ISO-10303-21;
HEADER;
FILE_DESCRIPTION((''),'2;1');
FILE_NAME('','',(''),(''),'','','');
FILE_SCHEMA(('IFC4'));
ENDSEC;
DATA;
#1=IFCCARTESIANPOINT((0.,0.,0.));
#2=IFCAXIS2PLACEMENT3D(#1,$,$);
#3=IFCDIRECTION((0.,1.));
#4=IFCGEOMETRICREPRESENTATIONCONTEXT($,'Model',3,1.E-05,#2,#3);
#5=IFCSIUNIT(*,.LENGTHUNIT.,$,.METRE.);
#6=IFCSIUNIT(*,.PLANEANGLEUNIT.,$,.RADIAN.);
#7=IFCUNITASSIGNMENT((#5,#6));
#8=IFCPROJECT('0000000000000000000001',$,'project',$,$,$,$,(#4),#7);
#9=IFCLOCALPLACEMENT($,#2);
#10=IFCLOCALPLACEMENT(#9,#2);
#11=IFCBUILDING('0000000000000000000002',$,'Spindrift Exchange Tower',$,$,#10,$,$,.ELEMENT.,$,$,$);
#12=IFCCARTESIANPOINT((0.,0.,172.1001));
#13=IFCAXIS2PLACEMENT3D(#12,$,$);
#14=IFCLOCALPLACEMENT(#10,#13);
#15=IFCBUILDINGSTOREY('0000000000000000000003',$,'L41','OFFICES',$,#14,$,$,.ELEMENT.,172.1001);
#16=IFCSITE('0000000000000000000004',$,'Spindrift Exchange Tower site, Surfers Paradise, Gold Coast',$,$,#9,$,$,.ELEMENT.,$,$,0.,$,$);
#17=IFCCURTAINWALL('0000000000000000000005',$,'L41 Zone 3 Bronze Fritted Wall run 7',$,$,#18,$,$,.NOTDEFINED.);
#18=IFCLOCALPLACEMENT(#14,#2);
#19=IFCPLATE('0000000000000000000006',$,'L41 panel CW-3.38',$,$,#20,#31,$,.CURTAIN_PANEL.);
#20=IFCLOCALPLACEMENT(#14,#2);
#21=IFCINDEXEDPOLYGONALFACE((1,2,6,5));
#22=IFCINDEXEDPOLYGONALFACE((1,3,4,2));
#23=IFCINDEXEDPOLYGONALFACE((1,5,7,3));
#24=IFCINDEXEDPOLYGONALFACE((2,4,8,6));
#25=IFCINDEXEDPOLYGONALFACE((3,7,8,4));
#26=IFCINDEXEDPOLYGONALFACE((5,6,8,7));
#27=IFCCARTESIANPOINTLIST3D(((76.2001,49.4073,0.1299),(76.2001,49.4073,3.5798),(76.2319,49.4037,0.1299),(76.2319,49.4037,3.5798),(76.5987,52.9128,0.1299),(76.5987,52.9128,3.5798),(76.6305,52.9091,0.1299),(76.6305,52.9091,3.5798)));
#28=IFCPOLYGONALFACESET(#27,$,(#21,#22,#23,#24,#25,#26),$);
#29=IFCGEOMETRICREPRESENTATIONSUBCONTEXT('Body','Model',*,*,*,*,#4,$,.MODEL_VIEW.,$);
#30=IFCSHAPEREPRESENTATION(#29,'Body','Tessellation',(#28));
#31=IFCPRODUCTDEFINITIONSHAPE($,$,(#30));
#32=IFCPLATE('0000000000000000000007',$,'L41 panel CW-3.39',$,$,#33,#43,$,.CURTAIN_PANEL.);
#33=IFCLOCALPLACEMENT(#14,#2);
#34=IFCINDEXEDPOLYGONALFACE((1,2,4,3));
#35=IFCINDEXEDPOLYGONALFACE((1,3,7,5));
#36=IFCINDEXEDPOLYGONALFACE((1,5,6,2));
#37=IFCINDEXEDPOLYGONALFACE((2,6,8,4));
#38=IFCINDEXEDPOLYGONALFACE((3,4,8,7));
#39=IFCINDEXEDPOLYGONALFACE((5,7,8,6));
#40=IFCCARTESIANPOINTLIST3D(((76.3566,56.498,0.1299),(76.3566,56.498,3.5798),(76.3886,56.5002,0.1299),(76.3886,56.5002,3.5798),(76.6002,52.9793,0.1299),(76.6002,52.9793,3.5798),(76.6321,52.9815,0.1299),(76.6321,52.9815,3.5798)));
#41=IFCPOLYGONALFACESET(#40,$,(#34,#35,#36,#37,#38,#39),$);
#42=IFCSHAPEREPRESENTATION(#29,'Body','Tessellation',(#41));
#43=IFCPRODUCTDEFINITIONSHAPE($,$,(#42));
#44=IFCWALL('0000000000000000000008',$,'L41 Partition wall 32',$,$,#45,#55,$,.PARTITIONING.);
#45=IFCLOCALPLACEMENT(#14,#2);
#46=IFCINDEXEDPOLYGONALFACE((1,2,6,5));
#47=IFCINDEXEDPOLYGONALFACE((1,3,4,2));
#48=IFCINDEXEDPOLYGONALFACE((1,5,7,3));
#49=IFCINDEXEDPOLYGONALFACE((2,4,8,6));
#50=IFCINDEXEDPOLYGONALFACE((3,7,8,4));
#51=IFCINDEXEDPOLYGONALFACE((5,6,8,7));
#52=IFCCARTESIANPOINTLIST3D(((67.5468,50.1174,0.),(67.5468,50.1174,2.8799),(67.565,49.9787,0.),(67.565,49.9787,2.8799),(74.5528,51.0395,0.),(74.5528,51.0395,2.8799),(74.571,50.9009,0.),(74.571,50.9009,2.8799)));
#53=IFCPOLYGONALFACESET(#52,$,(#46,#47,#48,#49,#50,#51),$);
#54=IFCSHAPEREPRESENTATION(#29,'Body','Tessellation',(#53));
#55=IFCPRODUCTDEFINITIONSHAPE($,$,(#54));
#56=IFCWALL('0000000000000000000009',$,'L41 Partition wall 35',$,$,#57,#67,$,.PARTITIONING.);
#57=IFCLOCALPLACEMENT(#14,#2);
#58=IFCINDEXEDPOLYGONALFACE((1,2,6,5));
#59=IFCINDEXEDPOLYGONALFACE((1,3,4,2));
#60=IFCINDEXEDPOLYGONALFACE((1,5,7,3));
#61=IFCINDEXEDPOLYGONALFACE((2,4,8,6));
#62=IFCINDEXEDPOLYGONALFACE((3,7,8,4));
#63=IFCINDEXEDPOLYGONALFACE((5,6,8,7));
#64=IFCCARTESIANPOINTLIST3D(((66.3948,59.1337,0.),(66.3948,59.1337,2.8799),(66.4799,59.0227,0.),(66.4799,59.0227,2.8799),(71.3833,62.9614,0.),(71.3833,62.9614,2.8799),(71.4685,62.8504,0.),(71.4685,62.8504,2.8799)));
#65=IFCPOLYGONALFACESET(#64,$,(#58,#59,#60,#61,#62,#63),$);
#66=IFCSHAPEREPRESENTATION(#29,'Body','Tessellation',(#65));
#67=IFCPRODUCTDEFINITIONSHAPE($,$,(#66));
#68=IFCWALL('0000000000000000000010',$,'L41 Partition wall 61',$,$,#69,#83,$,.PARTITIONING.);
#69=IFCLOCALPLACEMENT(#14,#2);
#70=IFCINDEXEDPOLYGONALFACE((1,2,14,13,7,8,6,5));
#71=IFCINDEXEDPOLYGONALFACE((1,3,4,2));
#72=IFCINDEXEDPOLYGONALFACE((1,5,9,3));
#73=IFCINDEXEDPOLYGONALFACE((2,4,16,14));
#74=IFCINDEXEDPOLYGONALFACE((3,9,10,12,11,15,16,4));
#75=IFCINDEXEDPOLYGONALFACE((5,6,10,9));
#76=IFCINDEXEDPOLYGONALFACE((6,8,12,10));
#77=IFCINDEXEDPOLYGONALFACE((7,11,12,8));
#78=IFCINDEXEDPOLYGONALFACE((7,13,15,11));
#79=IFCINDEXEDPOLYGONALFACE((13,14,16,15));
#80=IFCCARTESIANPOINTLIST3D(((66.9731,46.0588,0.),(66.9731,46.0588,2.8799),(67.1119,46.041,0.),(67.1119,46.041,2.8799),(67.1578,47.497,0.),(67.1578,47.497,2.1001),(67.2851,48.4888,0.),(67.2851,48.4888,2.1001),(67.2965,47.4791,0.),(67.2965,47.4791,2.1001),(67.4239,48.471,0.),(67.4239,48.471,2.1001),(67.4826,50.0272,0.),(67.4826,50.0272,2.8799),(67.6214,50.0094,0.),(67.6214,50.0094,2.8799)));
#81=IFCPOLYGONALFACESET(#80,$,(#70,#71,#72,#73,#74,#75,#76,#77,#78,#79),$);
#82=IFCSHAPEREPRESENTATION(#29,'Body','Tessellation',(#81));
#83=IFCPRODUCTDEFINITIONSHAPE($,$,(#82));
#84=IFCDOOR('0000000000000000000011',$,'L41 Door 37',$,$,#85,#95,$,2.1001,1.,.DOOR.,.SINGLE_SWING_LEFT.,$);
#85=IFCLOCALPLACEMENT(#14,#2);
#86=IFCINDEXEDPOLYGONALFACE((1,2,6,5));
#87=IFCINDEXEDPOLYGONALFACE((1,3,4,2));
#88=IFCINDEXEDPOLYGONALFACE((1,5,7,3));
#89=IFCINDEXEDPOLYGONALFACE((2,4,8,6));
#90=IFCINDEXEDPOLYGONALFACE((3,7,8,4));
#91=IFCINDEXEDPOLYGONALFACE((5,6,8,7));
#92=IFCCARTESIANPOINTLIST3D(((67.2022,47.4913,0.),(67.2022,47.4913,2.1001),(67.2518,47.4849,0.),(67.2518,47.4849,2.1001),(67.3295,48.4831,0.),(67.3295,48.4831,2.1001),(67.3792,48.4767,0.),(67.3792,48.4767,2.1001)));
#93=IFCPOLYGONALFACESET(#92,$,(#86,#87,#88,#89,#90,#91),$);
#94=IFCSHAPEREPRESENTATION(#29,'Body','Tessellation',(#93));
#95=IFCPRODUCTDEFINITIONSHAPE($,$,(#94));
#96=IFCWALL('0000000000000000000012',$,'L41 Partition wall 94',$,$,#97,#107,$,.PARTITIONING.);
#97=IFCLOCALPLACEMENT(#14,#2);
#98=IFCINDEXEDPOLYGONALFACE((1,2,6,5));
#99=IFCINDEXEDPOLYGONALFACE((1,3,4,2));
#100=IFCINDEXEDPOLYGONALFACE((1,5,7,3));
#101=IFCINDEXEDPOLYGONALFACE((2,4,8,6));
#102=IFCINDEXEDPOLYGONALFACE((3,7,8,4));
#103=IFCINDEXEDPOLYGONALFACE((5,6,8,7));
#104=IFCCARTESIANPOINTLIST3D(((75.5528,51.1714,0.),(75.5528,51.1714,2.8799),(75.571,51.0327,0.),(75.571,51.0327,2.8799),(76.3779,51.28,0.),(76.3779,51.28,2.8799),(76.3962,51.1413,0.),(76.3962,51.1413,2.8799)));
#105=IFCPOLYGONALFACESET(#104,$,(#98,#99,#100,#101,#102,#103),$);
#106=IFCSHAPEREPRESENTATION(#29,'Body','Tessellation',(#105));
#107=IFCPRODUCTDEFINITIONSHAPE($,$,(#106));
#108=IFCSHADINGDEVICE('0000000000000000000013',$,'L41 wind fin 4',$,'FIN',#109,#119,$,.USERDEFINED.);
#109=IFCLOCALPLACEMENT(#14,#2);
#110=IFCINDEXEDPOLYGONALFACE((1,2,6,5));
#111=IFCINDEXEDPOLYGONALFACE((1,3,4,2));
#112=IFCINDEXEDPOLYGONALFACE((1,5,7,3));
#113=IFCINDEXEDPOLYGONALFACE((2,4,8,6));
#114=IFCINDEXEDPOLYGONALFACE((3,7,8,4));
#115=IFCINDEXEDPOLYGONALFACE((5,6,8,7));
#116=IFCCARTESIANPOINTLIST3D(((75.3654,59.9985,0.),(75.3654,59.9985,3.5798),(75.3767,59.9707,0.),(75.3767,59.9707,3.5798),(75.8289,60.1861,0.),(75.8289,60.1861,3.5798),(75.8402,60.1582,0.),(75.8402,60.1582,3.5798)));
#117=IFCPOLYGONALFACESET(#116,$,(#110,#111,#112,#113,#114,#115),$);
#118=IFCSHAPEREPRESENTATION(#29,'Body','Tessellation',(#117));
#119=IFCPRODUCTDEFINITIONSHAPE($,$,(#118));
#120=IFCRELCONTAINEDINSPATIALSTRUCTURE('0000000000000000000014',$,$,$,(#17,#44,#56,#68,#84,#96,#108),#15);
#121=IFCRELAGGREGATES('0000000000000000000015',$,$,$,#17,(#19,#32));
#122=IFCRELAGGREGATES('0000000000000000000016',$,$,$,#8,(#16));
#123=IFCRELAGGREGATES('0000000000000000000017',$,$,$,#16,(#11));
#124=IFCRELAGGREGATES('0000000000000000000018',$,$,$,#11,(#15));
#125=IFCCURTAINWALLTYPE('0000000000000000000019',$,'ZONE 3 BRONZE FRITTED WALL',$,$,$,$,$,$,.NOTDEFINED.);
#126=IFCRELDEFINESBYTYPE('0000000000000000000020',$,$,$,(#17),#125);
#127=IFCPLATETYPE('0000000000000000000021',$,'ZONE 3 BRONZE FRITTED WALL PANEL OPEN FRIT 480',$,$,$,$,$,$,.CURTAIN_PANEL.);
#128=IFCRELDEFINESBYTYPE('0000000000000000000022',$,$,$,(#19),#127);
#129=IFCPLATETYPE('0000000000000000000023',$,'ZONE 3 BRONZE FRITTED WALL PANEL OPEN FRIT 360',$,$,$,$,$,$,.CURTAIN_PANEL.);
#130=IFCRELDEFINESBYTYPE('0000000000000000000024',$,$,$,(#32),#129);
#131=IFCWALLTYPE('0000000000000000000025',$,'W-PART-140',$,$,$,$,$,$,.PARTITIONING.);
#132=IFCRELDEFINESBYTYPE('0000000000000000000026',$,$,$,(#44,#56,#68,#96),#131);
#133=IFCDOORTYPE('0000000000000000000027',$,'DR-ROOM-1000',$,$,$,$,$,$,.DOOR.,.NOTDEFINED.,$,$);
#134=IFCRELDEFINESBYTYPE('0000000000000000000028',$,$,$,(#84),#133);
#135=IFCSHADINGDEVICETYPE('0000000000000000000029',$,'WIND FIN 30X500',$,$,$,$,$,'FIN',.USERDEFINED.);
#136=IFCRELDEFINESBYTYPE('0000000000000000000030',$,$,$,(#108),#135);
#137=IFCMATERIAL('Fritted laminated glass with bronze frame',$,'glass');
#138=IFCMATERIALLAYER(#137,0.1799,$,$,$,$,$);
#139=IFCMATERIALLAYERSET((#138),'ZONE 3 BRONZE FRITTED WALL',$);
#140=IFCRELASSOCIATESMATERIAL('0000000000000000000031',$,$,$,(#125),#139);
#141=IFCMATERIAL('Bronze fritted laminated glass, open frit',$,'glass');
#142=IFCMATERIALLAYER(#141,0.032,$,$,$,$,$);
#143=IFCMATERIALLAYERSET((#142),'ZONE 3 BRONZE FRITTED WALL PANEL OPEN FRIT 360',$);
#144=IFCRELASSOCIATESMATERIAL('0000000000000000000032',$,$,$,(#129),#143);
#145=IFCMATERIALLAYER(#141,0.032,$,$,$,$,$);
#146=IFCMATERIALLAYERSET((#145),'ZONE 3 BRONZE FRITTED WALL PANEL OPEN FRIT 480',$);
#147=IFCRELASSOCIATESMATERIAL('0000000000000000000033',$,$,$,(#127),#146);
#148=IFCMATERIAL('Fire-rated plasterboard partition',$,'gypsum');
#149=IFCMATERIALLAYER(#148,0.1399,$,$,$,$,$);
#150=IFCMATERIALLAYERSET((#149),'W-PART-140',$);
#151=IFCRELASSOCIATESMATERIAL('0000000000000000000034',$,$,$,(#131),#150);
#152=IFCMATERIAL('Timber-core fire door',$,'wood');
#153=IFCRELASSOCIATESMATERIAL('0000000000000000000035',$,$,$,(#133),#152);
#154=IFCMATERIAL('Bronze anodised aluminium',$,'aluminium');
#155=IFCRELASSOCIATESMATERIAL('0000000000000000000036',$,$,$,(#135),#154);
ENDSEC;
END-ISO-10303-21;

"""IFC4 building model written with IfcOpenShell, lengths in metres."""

from ifc_helpers import new_model, si_unit, direction, frame, frame_2d, origin, origin_2d, place, context, subcontext, project, spatial, rectangle, extrude, source, transform, mapped, material, layer, layer_set, material_profile, profile_set, type_object, element, fill, aggregate, save


model = new_model("IFC4")

# Units and contexts
model_context = context("Model", 3, precision=1e-05, world=origin(), true_north=direction((0.0, 1.0)))
body_context = subcontext(model_context, "Body", "Model", "MODEL_VIEW")
ifc_project = project(units=[si_unit("LENGTHUNIT", "METRE"), si_unit("PLANEANGLEUNIT", "RADIAN")], contexts=[model_context])

# Site, building, storey
site_placement = place(None, origin())
site = spatial("IfcSite", under=ifc_project, at=site_placement, Name="Spindrift Exchange Tower site, Surfers Paradise, Gold Coast", CompositionType="ELEMENT", RefElevation=0.0)
building_placement = place(site_placement, origin())
building = spatial("IfcBuilding", under=site, at=building_placement, Name="Spindrift Exchange Tower", CompositionType="ELEMENT")
storey_placement = place(building_placement, frame((0.0, 0.0, 172.1001)))
storey = spatial("IfcBuildingStorey", under=building, at=storey_placement, Name="L41", Description="OFFICES", CompositionType="ELEMENT", Elevation=172.1001)

# Curtain wall, plates
ifc_material_1 = material(Name="Fritted laminated glass with bronze frame", Category="glass")
ifc_layer_1 = layer(ifc_material_1, 0.1799)
ifc_layer_set_1 = layer_set([ifc_layer_1], Name="ZONE 3 BRONZE FRITTED WALL")
curtain_wall_type = type_object("IfcCurtainWallType", Name="ZONE 3 BRONZE FRITTED WALL", PredefinedType="NOTDEFINED", material=ifc_layer_set_1)
curtain_wall_placement = place(storey_placement, origin())
curtain_wall = element("IfcCurtainWall", 1, at=curtain_wall_placement, inside=storey, type_object=curtain_wall_type, Name="L41 Zone 3 Bronze Fritted Wall run 7", PredefinedType="NOTDEFINED")
ifc_material_2 = material(Name="Bronze anodised aluminium", Category="aluminium")
ifc_material_3 = material(Name="Bronze fritted laminated glass, open frit", Category="glass")
ifc_layer_2 = layer(ifc_material_3, 0.032)
ifc_layer_set_2 = layer_set([ifc_layer_2], Name="ZONE 3 BRONZE FRITTED WALL PANEL OPEN FRIT 360")
plate_type_1 = type_object("IfcPlateType", Name="ZONE 3 BRONZE FRITTED WALL PANEL OPEN FRIT 360", PredefinedType="CURTAIN_PANEL", material=ifc_layer_set_2)
ifc_layer_3 = layer(ifc_material_3, 0.032)
ifc_layer_set_3 = layer_set([ifc_layer_3], Name="ZONE 3 BRONZE FRITTED WALL PANEL OPEN FRIT 480")
plate_type_2 = type_object("IfcPlateType", Name="ZONE 3 BRONZE FRITTED WALL PANEL OPEN FRIT 480", PredefinedType="CURTAIN_PANEL", material=ifc_layer_set_3)
shared_shape_1 = source(origin(), body_context, "Body", "SweptSolid", [
    extrude(rectangle(XDim=3.5281, YDim=0.032, at=origin_2d()), origin(), (0.0, 0.0, 1.0), 3.45),
])
plate_1_placement = place(storey_placement, frame((76.4153, 51.1582, 0.1299), z_axis=(0.0, 0.0, 1.0), x_axis=(0.112974, 0.993598, 0.0)))
plate_1 = element("IfcPlate", 2, at=plate_1_placement, type_object=plate_type_2, Name="L41 panel CW-3.38", PredefinedType="CURTAIN_PANEL", context=body_context, shape_type="MappedRepresentation", body=[
    mapped(shared_shape_1, transform((0.0, 0.0, 0.0), scale=1.0)),
])
shared_shape_2 = source(origin(), body_context, "Body", "SweptSolid", [
    extrude(rectangle(XDim=3.5271, YDim=0.032, at=origin_2d()), origin(), (0.0, 0.0, 1.0), 3.45),
])
plate_2_placement = place(storey_placement, frame((76.4944, 54.7397, 0.1299), z_axis=(0.0, 0.0, 1.0), x_axis=(-0.069058, 0.997613, 0.0)))
plate_2 = element("IfcPlate", 3, at=plate_2_placement, type_object=plate_type_1, Name="L41 panel CW-3.39", PredefinedType="CURTAIN_PANEL", context=body_context, shape_type="MappedRepresentation", body=[
    mapped(shared_shape_2, transform((0.0, 0.0, 0.0), scale=1.0)),
])
aggregate(curtain_wall, [plate_1, plate_2])

# Walls
ifc_material_4 = material(Name="Fire-rated plasterboard partition", Category="gypsum")
ifc_layer_4 = layer(ifc_material_4, 0.1399)
ifc_layer_set_4 = layer_set([ifc_layer_4], Name="W-PART-140")
wall_type = type_object("IfcWallType", Name="W-PART-140", PredefinedType="PARTITIONING", material=ifc_layer_set_4)
wall_1_placement = place(storey_placement, frame((67.5559, 50.0481, 0.0), z_axis=(0.0, 0.0, 1.0), x_axis=(0.991449, 0.130491, 0.0)))
element("IfcWall", 4, at=wall_1_placement, inside=storey, type_object=wall_type, Name="L41 Partition wall 32", PredefinedType="PARTITIONING", context=body_context, shape_type="SweptSolid", body=[
    extrude(rectangle(XDim=7.0664, YDim=0.1399, at=frame_2d((3.5332, 0.0))), origin(), (0.0, 0.0, 1.0), 2.8799),
])
wall_2_placement = place(storey_placement, frame((66.4373, 59.0781, 0.0), z_axis=(0.0, 0.0, 1.0), x_axis=(0.793368, 0.608742, 0.0)))
element("IfcWall", 5, at=wall_2_placement, inside=storey, type_object=wall_type, Name="L41 Partition wall 35", PredefinedType="PARTITIONING", context=body_context, shape_type="SweptSolid", body=[
    extrude(rectangle(XDim=6.2878, YDim=0.1399, at=frame_2d((3.144, 0.0))), origin(), (0.0, 0.0, 1.0), 2.8799),
])

# Wall, opening, door
wall_3_placement = place(storey_placement, frame((67.552, 50.0183, 0.0), z_axis=(0.0, 0.0, 1.0), x_axis=(-0.127346, -0.991858, 0.0)))
wall_3 = element("IfcWall", 6, at=wall_3_placement, inside=storey, type_object=wall_type, Name="L41 Partition wall 61", PredefinedType="PARTITIONING", context=body_context, shape_type="SweptSolid", body=[
    extrude(rectangle(XDim=4.001, YDim=0.1399, at=frame_2d((2.0005, 0.0))), origin(), (0.0, 0.0, 1.0), 2.8799),
])
opening_placement = place(wall_3_placement, frame((1.551, 0.0, 0.0)))
opening = element("IfcOpeningElement", 7, at=opening_placement, cuts=wall_3, PredefinedType="OPENING", context=body_context, shape_type="SweptSolid", body=[
    extrude(rectangle(XDim=1.0, YDim=2.1001, at=frame_2d((0.5, 1.05))), frame((0.0, 0.0798, 0.0), z_axis=(0.0, -1.0, 0.0), x_axis=(1.0, 0.0, 0.0)), (0.0, 0.0, 1.0), 0.1599),
])
ifc_material_5 = material(Name="Timber-core fire door", Category="wood")
door_type = type_object("IfcDoorType", Name="DR-ROOM-1000", OperationType="NOTDEFINED", PredefinedType="DOOR", material=ifc_material_5)
shared_shape_3 = source(origin(), body_context, "Body", "SweptSolid", [
    extrude(rectangle(XDim=1.0, YDim=2.1001, at=frame_2d((0.5, 1.05))), frame((0.0, 0.0249, 0.0), z_axis=(0.0, -1.0, 0.0), x_axis=(1.0, 0.0, 0.0)), (0.0, 0.0, 1.0), 0.05),
])
door_placement = place(opening_placement, origin())
door = element("IfcDoor", 8, at=door_placement, inside=storey, type_object=door_type, Name="L41 Door 37", OperationType="SINGLE_SWING_LEFT", OverallHeight=2.1001, OverallWidth=1.0, PredefinedType="DOOR", context=body_context, shape_type="MappedRepresentation", body=[
    mapped(shared_shape_3, transform((0.0, 0.0, 0.0), scale=1.0)),
])
fill(opening, door)

# Wall
wall_4_placement = place(storey_placement, frame((75.562, 51.1021, 0.0), z_axis=(0.0, 0.0, 1.0), x_axis=(0.991444, 0.13053, 0.0)))
element("IfcWall", 9, at=wall_4_placement, inside=storey, type_object=wall_type, Name="L41 Partition wall 94", PredefinedType="PARTITIONING", context=body_context, shape_type="SweptSolid", body=[
    extrude(rectangle(XDim=0.8323, YDim=0.1399, at=frame_2d((0.416, 0.0))), origin(), (0.0, 0.0, 1.0), 2.8799),
])

# Shading device
ifc_material_profile_1 = material_profile(ifc_material_2, rectangle(XDim=0.03, YDim=0.5, at=origin_2d()), Name="WIND FIN 30X500")
ifc_profile_set_1 = profile_set([ifc_material_profile_1], Name="Bronze anodised aluminium")
shading_device_type = type_object("IfcShadingDeviceType", Name="WIND FIN 30X500", ElementType="FIN", PredefinedType="USERDEFINED", material=ifc_profile_set_1)
shared_shape_4 = source(origin(), body_context, "Body", "SweptSolid", [
    extrude(rectangle(XDim=0.03, YDim=0.5, at=origin_2d()), origin(), (0.0, 0.0, 1.0), 3.5798),
])
shading_device_placement = place(storey_placement, frame((75.6028, 60.0784, 0.0), z_axis=(0.0, 0.0, 1.0), x_axis=(-0.375124, 0.926974, 0.0)))
element("IfcShadingDevice", 10, at=shading_device_placement, inside=storey, type_object=shading_device_type, Name="L41 wind fin 4", ObjectType="FIN", PredefinedType="USERDEFINED", context=body_context, shape_type="MappedRepresentation", body=[
    mapped(shared_shape_4, transform((0.0, 0.0, 0.0), scale=1.0)),
])

save(model, "model.ifc")
